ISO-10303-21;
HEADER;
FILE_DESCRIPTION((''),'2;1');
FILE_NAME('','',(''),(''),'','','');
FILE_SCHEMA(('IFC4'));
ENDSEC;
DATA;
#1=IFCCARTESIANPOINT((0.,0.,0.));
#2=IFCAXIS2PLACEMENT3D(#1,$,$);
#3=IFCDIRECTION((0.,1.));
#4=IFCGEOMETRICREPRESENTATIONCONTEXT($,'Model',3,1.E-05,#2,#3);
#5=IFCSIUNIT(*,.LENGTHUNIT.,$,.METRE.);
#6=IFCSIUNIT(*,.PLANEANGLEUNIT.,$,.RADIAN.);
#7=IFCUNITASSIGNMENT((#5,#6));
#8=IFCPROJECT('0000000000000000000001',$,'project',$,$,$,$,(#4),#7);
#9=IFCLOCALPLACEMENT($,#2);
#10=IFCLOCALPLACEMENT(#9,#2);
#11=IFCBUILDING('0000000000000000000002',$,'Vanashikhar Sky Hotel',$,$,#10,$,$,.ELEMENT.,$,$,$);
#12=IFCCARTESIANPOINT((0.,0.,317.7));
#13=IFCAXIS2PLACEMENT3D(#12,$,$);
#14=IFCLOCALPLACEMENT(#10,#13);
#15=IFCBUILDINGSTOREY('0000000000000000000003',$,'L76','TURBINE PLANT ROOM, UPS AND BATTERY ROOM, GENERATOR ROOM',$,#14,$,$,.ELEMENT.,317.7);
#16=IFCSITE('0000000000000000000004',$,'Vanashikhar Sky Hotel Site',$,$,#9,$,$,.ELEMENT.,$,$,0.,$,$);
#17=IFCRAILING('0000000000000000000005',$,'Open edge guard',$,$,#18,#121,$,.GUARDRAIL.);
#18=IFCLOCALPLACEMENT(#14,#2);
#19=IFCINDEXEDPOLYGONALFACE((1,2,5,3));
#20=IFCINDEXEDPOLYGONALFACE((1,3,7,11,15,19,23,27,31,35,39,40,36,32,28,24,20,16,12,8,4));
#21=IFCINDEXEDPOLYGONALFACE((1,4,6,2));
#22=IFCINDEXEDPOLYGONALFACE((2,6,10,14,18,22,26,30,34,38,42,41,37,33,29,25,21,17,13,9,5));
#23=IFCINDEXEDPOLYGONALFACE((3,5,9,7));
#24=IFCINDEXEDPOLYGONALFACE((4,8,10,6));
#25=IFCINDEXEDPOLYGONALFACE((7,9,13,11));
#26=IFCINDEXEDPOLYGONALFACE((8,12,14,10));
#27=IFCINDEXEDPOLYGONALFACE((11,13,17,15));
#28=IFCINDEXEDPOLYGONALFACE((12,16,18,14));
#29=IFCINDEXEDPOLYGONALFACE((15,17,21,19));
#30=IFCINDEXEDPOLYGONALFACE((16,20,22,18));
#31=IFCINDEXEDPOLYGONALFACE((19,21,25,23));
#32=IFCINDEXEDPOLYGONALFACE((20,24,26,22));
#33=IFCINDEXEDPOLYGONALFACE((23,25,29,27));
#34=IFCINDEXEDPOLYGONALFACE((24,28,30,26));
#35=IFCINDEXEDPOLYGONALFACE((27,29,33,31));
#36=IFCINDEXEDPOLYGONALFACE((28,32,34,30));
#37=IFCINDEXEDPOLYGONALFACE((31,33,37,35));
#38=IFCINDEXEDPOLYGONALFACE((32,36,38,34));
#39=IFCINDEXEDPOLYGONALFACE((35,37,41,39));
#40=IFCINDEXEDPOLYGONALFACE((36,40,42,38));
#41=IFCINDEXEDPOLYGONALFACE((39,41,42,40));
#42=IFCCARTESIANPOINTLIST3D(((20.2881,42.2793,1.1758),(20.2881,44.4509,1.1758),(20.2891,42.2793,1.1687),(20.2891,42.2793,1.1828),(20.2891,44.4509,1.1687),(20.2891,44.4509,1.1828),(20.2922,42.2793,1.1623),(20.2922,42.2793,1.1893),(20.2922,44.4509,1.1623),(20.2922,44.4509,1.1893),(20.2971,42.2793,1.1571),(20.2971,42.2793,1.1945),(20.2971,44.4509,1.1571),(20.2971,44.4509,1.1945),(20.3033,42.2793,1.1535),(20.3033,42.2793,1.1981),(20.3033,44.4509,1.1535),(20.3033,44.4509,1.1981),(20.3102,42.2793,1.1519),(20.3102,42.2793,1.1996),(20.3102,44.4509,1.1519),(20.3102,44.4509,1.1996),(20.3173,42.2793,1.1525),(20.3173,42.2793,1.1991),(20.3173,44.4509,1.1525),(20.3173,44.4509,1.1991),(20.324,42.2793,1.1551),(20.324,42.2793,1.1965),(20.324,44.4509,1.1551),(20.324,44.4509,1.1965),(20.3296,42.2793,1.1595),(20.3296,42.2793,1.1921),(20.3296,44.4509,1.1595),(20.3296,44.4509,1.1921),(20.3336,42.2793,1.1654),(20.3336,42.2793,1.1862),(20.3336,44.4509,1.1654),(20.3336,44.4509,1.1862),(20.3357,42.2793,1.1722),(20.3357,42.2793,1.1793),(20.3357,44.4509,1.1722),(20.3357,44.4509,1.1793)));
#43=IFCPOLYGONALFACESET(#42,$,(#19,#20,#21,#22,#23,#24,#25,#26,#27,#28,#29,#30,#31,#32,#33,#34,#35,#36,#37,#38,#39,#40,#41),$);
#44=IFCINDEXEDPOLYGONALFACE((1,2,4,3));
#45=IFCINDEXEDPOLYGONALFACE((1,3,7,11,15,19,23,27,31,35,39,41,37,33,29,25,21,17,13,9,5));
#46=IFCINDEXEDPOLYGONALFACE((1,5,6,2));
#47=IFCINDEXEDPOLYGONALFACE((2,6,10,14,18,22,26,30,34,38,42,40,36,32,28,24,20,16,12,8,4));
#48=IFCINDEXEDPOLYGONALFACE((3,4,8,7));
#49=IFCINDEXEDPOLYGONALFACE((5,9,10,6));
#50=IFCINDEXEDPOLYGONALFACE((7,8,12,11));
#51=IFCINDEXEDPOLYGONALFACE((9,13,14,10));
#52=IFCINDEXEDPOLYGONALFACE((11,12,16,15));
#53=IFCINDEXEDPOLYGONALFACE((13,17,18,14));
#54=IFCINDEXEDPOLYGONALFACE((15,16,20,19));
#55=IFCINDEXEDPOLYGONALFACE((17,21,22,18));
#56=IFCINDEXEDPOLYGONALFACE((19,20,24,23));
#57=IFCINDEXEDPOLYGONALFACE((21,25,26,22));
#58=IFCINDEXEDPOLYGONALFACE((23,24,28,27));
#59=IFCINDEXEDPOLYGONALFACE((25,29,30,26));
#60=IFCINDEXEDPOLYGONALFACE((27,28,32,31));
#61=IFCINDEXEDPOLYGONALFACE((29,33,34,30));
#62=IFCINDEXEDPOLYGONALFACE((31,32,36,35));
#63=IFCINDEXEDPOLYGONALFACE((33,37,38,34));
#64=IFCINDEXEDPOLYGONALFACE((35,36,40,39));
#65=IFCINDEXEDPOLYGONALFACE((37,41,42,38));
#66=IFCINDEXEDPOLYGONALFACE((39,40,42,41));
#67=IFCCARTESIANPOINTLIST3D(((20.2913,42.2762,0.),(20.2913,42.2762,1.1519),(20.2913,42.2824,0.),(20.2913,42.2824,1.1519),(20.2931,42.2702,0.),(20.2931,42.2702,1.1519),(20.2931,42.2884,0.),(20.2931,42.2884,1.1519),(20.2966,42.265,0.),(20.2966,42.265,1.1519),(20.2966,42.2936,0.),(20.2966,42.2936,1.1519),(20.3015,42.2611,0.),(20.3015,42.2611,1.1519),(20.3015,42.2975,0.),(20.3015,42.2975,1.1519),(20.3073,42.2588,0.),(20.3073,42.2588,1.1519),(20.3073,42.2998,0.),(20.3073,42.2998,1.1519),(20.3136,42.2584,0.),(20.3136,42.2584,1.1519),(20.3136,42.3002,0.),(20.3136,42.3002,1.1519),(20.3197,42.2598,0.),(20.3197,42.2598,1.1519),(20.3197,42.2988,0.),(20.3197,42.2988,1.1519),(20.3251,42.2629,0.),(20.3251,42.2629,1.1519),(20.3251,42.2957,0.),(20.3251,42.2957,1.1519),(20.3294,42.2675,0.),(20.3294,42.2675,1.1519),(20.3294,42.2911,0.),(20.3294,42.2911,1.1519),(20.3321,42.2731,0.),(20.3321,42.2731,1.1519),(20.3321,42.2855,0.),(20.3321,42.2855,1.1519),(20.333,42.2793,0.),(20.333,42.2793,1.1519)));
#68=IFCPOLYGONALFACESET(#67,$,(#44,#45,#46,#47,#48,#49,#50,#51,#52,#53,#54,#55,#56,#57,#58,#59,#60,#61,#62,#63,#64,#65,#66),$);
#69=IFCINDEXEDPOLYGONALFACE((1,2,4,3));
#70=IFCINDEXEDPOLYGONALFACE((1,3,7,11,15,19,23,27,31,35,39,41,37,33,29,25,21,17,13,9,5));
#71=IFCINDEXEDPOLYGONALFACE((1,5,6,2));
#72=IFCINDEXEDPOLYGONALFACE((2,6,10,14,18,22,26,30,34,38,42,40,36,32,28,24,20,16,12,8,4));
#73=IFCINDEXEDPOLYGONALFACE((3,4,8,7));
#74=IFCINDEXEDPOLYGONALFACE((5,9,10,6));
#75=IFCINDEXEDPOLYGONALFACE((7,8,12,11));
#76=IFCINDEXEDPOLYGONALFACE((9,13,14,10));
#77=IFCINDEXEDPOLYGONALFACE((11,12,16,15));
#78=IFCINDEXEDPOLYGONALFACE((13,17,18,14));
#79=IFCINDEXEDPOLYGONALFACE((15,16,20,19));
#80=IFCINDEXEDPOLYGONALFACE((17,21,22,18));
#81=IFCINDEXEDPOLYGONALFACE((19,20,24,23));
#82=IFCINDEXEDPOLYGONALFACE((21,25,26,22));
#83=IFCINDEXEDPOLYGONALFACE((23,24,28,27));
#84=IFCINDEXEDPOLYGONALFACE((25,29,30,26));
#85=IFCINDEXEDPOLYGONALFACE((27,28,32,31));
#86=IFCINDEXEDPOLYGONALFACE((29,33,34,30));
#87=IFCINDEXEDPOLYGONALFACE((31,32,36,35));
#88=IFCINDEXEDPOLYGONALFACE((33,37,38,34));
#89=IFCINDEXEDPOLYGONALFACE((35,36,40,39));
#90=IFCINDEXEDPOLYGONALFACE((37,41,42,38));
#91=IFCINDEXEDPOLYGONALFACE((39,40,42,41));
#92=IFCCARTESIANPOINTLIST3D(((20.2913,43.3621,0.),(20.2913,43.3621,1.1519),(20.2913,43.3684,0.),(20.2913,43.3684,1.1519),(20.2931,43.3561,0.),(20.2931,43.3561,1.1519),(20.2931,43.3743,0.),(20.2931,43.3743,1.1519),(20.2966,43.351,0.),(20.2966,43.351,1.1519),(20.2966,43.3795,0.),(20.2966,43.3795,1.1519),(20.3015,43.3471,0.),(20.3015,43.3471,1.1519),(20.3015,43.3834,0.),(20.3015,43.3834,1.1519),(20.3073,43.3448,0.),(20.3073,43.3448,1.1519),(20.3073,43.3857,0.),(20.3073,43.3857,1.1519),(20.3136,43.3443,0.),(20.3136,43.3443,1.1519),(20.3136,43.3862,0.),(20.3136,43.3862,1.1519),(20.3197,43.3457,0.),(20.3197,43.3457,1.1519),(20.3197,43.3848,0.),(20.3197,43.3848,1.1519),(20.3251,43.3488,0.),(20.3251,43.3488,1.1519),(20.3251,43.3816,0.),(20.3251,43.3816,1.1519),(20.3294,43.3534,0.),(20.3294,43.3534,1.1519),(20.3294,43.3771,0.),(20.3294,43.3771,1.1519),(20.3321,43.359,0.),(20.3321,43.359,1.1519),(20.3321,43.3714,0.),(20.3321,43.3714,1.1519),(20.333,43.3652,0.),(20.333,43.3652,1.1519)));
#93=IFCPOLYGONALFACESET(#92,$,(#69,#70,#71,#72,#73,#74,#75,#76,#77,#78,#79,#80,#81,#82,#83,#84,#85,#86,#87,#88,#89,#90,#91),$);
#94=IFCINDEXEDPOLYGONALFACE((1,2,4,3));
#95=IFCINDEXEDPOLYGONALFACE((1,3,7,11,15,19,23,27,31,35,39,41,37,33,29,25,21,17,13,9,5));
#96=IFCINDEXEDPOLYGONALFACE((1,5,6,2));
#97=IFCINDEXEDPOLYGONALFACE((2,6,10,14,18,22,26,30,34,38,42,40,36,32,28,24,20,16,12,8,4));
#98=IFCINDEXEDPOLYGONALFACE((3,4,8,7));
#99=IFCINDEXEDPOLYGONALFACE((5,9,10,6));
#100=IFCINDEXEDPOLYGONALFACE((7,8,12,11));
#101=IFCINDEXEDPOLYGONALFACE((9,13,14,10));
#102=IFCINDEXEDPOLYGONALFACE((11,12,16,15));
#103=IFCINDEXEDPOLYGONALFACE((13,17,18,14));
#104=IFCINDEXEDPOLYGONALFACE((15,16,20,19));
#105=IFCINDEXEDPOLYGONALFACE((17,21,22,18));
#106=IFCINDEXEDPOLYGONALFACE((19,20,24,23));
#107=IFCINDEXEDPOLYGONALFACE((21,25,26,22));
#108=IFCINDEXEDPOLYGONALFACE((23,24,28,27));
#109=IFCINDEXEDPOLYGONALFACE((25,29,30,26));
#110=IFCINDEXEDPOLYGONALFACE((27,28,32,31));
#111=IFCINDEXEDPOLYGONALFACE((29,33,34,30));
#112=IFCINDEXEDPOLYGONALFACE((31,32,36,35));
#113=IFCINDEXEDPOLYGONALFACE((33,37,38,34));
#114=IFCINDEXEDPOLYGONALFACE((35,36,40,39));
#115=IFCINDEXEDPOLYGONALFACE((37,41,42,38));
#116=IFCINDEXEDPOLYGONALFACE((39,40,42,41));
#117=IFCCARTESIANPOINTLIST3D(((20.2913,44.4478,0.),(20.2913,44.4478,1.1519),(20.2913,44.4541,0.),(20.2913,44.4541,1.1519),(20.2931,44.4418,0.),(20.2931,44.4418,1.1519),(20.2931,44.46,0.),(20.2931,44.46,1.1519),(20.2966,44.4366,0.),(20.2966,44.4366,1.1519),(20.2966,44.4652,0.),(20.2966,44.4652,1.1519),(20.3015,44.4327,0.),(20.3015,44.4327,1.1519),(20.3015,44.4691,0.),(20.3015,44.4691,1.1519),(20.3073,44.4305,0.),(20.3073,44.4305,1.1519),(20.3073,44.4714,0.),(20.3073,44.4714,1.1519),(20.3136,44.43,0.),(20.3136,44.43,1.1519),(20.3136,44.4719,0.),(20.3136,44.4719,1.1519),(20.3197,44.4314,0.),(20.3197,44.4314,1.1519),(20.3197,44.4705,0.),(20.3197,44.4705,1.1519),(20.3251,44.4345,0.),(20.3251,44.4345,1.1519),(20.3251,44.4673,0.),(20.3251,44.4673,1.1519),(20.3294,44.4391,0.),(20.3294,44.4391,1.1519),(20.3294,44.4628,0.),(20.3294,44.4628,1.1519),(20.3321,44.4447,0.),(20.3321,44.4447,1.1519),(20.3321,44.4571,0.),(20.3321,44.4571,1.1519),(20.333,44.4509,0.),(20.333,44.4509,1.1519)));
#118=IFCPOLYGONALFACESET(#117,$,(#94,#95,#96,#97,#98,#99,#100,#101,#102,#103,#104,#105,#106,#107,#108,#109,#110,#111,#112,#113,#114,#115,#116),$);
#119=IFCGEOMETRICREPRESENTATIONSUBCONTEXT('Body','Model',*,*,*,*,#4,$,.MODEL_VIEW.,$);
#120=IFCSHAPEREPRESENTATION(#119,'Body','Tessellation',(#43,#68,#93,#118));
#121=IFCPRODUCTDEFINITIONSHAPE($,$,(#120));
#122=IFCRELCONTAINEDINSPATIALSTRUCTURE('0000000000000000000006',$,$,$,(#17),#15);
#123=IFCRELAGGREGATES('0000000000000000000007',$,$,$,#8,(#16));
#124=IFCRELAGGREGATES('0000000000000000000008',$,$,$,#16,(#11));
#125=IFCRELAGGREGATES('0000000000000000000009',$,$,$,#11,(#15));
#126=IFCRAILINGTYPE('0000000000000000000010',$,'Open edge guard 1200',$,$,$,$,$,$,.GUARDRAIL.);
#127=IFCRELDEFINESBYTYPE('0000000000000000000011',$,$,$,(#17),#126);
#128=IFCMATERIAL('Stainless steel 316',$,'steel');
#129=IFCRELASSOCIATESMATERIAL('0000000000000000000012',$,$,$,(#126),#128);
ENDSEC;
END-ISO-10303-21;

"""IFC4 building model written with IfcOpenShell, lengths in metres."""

from ifc_helpers import new_model, si_unit, direction, frame, origin, origin_2d, place, context, subcontext, project, spatial, circle, extrude, source, transform, mapped, material, type_object, element, save


model = new_model("IFC4")

# Units and contexts
model_context = context("Model", 3, precision=1e-05, world=origin(), true_north=direction((0.0, 1.0)))
body_context = subcontext(model_context, "Body", "Model", "MODEL_VIEW")
ifc_project = project(units=[si_unit("LENGTHUNIT", "METRE"), si_unit("PLANEANGLEUNIT", "RADIAN")], contexts=[model_context])

# Site, building, storey
site_placement = place(None, origin())
site = spatial("IfcSite", under=ifc_project, at=site_placement, Name="Vanashikhar Sky Hotel Site", CompositionType="ELEMENT", RefElevation=0.0)
building_placement = place(site_placement, origin())
building = spatial("IfcBuilding", under=site, at=building_placement, Name="Vanashikhar Sky Hotel", CompositionType="ELEMENT")
storey_placement = place(building_placement, frame((0.0, 0.0, 317.7)))
storey = spatial("IfcBuildingStorey", under=building, at=storey_placement, Name="L76", Description="TURBINE PLANT ROOM, UPS AND BATTERY ROOM, GENERATOR ROOM", CompositionType="ELEMENT", Elevation=317.7)

# Shared definitions
ifc_material_1 = material(Name="Stainless steel 316", Category="steel")
railing_type = type_object("IfcRailingType", Name="Open edge guard 1200", PredefinedType="GUARDRAIL", material=ifc_material_1)

# Railing
shared_shape_1 = source(origin(), body_context, "Body", "SweptSolid", [
    extrude(circle(Radius=0.0239, at=origin_2d()), frame((0.0, 0.0, 1.1758), z_axis=(0.0, 1.0, 0.0), x_axis=(-1.0, 0.0, 0.0)), (0.0, 0.0, 1.0), 2.1716),
    extrude(circle(Radius=0.021, at=origin_2d()), origin(), (0.0, 0.0, 1.0), 1.1519),
    extrude(circle(Radius=0.021, at=origin_2d()), frame((0.0, 1.0859, 0.0)), (0.0, 0.0, 1.0), 1.1519),
    extrude(circle(Radius=0.021, at=origin_2d()), frame((0.0, 2.1716, 0.0)), (0.0, 0.0, 1.0), 1.1519),
])
railing_1_placement = place(storey_placement, frame((20.312, 42.2793, 0.0)))
element("IfcRailing", 1, at=railing_1_placement, inside=storey, type_object=railing_type, Name="Open edge guard", PredefinedType="GUARDRAIL", context=body_context, shape_type="MappedRepresentation", body=[
    mapped(shared_shape_1, transform((0.0, 0.0, 0.0), scale=1.0)),
])

save(model, "model.ifc")
